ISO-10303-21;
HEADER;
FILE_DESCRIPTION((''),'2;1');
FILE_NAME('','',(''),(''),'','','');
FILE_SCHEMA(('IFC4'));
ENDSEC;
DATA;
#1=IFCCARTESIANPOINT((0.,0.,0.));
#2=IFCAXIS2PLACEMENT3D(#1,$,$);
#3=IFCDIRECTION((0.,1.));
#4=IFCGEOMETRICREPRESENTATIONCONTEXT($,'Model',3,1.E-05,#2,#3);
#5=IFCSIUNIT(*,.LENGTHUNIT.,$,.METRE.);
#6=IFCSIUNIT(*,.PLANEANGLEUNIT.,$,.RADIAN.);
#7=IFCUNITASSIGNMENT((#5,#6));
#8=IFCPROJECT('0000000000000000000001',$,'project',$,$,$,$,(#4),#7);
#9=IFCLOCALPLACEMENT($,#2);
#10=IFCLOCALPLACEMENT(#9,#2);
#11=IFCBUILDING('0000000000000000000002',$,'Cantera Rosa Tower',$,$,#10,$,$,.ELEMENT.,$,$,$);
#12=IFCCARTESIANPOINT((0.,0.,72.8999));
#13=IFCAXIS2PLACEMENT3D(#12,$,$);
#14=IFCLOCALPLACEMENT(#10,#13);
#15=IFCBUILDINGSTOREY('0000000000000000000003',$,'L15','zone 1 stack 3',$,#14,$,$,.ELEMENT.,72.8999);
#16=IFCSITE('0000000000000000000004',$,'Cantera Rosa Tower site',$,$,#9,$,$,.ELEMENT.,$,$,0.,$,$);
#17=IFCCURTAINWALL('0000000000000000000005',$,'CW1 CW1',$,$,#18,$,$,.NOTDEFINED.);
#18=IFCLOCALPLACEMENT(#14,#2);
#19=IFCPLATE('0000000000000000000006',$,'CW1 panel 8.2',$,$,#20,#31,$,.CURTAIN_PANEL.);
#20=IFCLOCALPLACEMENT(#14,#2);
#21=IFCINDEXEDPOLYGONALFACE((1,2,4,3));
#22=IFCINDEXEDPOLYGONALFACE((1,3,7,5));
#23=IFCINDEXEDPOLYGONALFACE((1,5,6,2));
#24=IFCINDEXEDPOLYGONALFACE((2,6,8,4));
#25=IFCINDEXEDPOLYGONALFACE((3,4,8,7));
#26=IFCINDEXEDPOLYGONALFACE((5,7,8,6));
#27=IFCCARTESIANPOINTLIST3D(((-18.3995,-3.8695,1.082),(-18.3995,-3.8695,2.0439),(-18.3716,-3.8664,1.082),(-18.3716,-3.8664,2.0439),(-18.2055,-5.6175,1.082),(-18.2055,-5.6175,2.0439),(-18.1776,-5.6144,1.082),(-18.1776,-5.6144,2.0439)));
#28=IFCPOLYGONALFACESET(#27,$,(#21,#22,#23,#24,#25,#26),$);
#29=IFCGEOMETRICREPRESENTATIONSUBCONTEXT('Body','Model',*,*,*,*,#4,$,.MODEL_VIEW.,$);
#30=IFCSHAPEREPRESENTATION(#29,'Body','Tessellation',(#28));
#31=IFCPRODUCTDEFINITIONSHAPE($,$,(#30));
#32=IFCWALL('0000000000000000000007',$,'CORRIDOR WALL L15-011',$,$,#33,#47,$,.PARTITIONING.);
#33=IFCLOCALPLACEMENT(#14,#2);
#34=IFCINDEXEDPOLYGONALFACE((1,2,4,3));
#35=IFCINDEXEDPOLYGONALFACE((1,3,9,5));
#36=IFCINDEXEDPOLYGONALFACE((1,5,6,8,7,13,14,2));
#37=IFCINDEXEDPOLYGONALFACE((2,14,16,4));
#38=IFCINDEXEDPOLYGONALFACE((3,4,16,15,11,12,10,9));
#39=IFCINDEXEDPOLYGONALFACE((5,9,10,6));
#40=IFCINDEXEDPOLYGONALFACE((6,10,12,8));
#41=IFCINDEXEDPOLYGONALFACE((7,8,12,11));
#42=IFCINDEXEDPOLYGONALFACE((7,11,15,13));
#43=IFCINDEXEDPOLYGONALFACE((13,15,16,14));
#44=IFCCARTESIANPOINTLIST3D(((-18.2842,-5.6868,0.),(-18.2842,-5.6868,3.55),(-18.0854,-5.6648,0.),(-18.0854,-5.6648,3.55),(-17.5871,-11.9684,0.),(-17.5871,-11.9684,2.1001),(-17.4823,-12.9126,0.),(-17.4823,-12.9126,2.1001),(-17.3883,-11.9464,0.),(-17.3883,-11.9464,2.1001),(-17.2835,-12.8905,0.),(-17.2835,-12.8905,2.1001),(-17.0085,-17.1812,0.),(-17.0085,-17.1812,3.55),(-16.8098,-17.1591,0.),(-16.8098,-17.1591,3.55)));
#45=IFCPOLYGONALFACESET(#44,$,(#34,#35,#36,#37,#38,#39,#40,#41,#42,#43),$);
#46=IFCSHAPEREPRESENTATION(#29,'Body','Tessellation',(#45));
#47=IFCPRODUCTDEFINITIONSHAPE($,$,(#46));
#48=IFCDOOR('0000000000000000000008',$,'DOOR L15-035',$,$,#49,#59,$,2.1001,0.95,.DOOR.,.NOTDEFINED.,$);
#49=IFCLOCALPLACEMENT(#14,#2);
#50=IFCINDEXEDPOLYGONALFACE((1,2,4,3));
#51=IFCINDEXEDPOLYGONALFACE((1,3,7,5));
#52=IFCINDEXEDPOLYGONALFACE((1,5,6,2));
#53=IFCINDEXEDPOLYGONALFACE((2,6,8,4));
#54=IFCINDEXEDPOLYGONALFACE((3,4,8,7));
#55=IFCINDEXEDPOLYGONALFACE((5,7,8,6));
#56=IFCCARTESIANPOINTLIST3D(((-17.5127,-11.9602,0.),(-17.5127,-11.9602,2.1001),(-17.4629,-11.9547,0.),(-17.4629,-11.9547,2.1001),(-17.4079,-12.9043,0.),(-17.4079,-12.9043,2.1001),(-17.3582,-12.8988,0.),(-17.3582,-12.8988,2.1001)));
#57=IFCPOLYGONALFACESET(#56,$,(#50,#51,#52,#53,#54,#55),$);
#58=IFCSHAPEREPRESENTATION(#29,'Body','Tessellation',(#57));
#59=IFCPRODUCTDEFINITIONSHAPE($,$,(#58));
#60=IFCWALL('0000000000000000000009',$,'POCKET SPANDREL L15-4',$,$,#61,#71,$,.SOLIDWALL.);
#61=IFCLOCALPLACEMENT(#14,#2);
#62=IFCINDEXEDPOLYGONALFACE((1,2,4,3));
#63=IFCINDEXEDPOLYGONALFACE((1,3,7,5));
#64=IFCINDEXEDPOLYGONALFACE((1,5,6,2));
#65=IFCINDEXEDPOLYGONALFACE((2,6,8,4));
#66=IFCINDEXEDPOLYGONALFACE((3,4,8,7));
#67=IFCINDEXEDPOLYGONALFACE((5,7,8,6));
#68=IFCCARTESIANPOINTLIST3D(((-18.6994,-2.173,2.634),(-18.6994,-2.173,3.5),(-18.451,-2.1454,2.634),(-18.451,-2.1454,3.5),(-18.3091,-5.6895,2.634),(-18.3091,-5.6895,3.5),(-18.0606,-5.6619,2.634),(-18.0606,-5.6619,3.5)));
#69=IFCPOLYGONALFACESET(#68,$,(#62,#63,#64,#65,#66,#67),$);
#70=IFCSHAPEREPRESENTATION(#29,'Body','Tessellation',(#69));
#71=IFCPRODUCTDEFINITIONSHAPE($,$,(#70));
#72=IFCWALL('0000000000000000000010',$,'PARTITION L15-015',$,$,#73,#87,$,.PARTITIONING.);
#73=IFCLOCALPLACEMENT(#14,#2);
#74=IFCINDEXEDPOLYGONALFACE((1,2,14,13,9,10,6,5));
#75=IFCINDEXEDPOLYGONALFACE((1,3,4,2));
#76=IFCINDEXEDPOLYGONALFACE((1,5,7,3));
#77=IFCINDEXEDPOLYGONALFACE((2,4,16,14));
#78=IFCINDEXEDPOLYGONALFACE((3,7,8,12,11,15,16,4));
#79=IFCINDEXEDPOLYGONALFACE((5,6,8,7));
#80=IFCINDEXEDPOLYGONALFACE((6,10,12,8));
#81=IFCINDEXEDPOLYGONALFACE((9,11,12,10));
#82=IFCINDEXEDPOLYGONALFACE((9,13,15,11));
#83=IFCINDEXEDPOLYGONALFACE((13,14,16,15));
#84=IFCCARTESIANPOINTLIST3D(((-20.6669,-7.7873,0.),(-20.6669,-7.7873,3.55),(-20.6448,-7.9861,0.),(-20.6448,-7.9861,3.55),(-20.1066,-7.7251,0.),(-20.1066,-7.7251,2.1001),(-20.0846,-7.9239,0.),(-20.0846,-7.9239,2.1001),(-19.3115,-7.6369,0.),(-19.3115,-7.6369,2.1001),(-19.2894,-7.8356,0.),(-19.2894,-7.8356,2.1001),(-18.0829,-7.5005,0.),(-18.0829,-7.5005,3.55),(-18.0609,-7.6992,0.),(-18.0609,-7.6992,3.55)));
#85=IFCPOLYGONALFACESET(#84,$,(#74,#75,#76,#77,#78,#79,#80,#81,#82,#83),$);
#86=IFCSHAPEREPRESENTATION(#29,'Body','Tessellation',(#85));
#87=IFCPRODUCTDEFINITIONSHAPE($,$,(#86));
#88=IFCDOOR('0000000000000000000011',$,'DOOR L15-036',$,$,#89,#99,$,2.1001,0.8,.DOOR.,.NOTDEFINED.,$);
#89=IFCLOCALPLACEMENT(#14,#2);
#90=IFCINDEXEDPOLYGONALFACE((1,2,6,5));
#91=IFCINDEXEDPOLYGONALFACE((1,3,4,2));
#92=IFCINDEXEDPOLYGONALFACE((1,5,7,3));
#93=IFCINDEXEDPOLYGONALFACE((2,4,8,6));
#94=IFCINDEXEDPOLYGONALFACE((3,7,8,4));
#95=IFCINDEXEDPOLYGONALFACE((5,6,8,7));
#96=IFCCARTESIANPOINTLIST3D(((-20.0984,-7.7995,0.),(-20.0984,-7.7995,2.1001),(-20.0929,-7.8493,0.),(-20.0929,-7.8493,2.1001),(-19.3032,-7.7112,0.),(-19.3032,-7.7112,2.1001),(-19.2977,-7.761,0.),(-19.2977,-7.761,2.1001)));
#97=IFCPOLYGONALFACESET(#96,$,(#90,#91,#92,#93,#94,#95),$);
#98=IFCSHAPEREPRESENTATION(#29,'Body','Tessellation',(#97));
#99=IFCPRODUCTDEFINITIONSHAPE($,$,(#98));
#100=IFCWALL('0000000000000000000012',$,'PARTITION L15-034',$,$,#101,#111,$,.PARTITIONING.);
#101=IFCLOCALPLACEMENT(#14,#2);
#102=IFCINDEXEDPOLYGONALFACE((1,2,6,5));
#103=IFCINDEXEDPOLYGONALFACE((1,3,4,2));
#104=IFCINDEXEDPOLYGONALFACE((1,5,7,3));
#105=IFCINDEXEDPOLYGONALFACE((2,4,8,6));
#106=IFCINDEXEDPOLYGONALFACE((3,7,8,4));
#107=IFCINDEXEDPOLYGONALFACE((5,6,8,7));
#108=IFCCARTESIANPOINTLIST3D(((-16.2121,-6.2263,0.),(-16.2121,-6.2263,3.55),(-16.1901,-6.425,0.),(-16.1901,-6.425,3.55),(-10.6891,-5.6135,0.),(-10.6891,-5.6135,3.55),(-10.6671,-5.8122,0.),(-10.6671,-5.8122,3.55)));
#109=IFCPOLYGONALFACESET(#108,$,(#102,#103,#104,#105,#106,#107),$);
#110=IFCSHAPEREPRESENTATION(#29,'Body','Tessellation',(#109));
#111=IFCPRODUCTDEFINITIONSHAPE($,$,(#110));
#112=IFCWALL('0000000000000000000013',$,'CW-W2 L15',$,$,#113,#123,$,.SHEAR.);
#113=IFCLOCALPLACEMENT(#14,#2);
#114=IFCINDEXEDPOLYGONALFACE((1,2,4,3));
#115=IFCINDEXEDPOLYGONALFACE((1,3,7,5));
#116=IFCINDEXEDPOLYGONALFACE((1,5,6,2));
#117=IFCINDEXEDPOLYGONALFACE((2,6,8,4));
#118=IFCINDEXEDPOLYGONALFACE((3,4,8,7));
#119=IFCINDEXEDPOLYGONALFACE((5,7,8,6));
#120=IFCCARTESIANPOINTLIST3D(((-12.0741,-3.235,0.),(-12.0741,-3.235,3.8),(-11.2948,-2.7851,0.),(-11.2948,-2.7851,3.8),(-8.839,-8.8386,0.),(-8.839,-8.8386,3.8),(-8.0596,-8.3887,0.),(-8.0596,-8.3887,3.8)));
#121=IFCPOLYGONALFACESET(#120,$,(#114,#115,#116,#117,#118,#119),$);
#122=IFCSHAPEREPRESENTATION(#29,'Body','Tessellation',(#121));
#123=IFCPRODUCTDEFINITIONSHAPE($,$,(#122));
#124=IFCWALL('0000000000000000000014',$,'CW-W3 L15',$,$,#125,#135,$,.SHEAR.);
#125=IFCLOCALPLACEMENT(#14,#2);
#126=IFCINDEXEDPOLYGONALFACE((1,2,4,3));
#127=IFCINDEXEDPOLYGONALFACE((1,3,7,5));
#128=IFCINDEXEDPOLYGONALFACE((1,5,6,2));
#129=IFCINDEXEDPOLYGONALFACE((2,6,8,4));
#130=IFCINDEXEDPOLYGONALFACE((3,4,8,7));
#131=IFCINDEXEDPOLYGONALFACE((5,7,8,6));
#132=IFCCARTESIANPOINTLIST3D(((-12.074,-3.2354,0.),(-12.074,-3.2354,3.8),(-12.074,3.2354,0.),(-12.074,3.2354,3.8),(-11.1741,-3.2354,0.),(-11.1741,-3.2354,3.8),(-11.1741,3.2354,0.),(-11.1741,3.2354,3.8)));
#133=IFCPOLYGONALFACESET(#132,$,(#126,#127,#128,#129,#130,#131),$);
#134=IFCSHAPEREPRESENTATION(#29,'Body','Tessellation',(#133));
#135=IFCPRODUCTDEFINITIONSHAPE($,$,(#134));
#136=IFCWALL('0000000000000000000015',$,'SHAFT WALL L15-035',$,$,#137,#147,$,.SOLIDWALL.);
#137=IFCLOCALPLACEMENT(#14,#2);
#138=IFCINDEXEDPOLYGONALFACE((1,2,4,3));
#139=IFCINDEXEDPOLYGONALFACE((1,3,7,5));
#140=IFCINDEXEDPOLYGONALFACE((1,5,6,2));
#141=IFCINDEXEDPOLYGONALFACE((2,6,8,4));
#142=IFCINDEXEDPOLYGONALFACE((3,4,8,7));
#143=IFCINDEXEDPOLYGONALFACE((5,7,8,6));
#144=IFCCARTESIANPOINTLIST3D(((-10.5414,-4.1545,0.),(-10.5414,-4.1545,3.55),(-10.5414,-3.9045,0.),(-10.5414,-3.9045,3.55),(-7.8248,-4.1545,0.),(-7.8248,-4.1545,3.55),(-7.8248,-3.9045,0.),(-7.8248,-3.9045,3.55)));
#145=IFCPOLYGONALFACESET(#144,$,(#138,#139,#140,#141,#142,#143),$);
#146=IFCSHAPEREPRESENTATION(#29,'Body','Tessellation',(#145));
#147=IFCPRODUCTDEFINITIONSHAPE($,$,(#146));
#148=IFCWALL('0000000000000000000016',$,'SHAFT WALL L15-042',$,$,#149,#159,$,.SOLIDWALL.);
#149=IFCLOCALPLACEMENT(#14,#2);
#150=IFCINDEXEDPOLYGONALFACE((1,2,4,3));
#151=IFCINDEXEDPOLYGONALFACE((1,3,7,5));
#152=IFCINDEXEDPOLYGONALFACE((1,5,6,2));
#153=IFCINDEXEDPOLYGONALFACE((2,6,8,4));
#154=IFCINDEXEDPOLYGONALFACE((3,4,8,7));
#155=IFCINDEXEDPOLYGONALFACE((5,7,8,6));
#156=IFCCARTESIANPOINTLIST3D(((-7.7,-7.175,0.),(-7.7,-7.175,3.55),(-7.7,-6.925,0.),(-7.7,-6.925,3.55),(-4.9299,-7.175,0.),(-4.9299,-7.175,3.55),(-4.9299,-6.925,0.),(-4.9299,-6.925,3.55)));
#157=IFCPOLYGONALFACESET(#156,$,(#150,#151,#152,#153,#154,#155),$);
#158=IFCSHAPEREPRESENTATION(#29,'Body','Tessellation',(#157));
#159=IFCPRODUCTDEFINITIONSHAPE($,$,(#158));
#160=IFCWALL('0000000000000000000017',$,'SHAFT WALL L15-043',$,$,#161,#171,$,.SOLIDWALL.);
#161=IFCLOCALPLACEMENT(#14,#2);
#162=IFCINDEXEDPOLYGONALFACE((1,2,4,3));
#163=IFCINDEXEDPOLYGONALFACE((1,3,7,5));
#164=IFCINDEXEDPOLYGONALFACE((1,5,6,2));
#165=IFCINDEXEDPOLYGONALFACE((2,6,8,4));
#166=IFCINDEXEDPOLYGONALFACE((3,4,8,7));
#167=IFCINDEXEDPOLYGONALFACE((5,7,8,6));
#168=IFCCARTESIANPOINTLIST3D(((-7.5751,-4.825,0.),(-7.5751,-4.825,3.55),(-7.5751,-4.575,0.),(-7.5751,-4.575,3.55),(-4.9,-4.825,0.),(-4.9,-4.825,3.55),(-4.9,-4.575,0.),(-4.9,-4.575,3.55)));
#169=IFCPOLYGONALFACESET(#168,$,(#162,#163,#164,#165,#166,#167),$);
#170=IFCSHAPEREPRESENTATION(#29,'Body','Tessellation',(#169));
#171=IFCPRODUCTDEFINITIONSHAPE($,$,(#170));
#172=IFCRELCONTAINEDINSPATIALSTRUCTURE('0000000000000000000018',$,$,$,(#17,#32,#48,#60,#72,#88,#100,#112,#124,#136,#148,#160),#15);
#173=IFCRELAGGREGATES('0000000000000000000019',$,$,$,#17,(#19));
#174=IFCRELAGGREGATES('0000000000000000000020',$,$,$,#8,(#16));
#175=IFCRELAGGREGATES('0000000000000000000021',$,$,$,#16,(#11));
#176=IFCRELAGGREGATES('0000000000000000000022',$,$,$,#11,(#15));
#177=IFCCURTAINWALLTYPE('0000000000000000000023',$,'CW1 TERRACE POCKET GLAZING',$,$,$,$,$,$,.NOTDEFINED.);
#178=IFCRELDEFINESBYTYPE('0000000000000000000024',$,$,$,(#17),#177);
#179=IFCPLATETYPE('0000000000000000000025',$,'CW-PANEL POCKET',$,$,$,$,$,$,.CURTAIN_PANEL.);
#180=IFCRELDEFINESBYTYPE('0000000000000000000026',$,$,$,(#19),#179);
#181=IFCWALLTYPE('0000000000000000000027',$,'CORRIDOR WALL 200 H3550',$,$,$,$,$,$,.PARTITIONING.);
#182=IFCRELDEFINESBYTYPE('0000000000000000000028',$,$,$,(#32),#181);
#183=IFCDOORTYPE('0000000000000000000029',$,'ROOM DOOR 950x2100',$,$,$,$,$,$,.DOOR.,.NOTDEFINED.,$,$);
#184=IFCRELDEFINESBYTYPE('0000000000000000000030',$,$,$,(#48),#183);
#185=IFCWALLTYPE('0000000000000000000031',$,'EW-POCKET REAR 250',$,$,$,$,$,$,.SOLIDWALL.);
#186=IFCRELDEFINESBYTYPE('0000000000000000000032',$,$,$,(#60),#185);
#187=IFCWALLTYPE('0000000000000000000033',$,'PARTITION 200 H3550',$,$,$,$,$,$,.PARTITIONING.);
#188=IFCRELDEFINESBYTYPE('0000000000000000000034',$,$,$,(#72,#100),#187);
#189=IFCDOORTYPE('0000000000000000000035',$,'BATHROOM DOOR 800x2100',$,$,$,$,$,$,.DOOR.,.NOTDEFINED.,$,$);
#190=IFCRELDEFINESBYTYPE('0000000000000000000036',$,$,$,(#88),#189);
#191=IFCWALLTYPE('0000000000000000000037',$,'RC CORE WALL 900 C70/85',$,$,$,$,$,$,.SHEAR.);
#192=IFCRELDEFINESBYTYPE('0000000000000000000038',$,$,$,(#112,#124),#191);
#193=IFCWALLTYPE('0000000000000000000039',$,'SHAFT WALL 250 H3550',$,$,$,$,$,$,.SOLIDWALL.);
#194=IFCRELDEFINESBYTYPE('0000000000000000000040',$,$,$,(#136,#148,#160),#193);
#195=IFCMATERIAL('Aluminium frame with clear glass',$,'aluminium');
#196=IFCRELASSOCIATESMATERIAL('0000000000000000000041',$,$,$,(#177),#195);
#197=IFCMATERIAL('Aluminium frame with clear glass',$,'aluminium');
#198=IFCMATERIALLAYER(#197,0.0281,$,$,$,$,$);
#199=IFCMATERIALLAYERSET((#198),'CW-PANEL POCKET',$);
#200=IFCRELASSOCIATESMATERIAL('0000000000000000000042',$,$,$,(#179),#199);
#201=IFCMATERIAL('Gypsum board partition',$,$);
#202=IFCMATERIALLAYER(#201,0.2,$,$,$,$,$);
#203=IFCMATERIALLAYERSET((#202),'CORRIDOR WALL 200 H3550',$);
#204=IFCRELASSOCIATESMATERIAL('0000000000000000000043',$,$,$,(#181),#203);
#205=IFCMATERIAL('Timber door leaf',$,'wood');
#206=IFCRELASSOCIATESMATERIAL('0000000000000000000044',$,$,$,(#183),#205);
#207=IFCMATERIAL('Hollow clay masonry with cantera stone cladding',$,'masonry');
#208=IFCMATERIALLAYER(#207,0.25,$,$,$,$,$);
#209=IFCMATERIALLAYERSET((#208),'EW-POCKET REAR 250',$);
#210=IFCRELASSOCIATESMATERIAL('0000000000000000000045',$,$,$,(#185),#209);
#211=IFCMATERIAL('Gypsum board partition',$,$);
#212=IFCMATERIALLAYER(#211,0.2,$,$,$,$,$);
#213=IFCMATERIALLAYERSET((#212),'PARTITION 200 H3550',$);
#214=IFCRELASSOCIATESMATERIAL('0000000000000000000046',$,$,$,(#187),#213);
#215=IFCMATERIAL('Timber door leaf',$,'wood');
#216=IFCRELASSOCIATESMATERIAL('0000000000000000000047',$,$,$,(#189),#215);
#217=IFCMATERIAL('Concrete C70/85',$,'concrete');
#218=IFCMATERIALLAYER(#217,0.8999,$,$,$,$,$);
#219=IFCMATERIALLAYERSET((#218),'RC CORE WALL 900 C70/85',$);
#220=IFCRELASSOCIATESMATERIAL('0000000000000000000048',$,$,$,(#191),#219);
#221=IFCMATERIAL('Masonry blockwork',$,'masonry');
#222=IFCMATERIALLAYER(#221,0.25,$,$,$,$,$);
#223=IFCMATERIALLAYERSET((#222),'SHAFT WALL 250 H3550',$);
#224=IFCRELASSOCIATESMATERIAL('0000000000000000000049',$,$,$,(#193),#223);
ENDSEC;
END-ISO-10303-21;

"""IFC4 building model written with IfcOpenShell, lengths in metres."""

from ifc_helpers import new_model, si_unit, direction, frame, frame_2d, origin, origin_2d, place, context, subcontext, project, spatial, rectangle, extrude, material, layer, layer_set, type_object, element, fill, aggregate, save


model = new_model("IFC4")

# Units and contexts
model_context = context("Model", 3, precision=1e-05, world=origin(), true_north=direction((0.0, 1.0)))
body_context = subcontext(model_context, "Body", "Model", "MODEL_VIEW")
ifc_project = project(units=[si_unit("LENGTHUNIT", "METRE"), si_unit("PLANEANGLEUNIT", "RADIAN")], contexts=[model_context])

# Site, building, storey
site_placement = place(None, origin())
site = spatial("IfcSite", under=ifc_project, at=site_placement, Name="Cantera Rosa Tower site", CompositionType="ELEMENT", RefElevation=0.0)
building_placement = place(site_placement, origin())
building = spatial("IfcBuilding", under=site, at=building_placement, Name="Cantera Rosa Tower", CompositionType="ELEMENT")
storey_placement = place(building_placement, frame((0.0, 0.0, 72.8999)))
storey = spatial("IfcBuildingStorey", under=building, at=storey_placement, Name="L15", Description="zone 1 stack 3", CompositionType="ELEMENT", Elevation=72.8999)

# Curtain wall
ifc_material_1 = material(Name="Aluminium frame with clear glass", Category="aluminium")
curtain_wall_type = type_object("IfcCurtainWallType", Name="CW1 TERRACE POCKET GLAZING", PredefinedType="NOTDEFINED", material=ifc_material_1)
curtain_wall_placement = place(storey_placement, origin())
curtain_wall = element("IfcCurtainWall", 1, at=curtain_wall_placement, inside=storey, type_object=curtain_wall_type, Name="CW1 CW1", PredefinedType="NOTDEFINED")

# Plate
ifc_material_2 = material(Name="Aluminium frame with clear glass", Category="aluminium")
ifc_layer_1 = layer(ifc_material_2, 0.0281)
ifc_layer_set_1 = layer_set([ifc_layer_1], Name="CW-PANEL POCKET")
plate_type = type_object("IfcPlateType", Name="CW-PANEL POCKET", PredefinedType="CURTAIN_PANEL", material=ifc_layer_set_1)
plate_1_placement = place(storey_placement, frame((-18.2886, -4.7419, 1.082), z_axis=(0.0, 0.0, 1.0), x_axis=(0.110313, -0.993897, 0.0)))
plate_1 = element("IfcPlate", 2, at=plate_1_placement, type_object=plate_type, Name="CW1 panel 8.2", PredefinedType="CURTAIN_PANEL", context=body_context, shape_type="SweptSolid", body=[
    extrude(rectangle(XDim=1.7588, YDim=0.0281, at=origin_2d()), origin(), (0.0, 0.0, 1.0), 0.9619),
])
aggregate(curtain_wall, [plate_1])

# Wall, opening, door
ifc_material_3 = material(Name="Gypsum board partition")
ifc_layer_2 = layer(ifc_material_3, 0.2)
ifc_layer_set_2 = layer_set([ifc_layer_2], Name="CORRIDOR WALL 200 H3550")
wall_type_1 = type_object("IfcWallType", Name="CORRIDOR WALL 200 H3550", PredefinedType="PARTITIONING", material=ifc_layer_set_2)
wall_1_placement = place(storey_placement, frame((-18.1848, -5.6758, 0.0), z_axis=(0.0, 0.0, 1.0), x_axis=(0.110302, -0.993898, 0.0)))
wall_1 = element("IfcWall", 3, at=wall_1_placement, inside=storey, type_object=wall_type_1, Name="CORRIDOR WALL L15-011", PredefinedType="PARTITIONING", context=body_context, shape_type="SweptSolid", body=[
    extrude(rectangle(XDim=11.5649, YDim=0.2, at=frame_2d((5.7825, 0.0))), origin(), (0.0, 0.0, 1.0), 3.55),
])
opening_1_placement = place(wall_1_placement, frame((6.3201, 0.0, 0.0)))
opening_1 = element("IfcOpeningElement", 4, at=opening_1_placement, cuts=wall_1, PredefinedType="OPENING", context=body_context, shape_type="SweptSolid", body=[
    extrude(rectangle(XDim=0.95, YDim=2.1001, at=frame_2d((0.4751, 1.05))), frame((0.0, 0.1099, 0.0), z_axis=(0.0, -1.0, 0.0), x_axis=(1.0, 0.0, 0.0)), (0.0, 0.0, 1.0), 0.22),
])
ifc_material_4 = material(Name="Timber door leaf", Category="wood")
door_type_1 = type_object("IfcDoorType", Name="ROOM DOOR 950x2100", OperationType="NOTDEFINED", PredefinedType="DOOR", material=ifc_material_4)
door_1_placement = place(opening_1_placement, origin())
door_1 = element("IfcDoor", 5, at=door_1_placement, inside=storey, type_object=door_type_1, Name="DOOR L15-035", OperationType="NOTDEFINED", OverallHeight=2.1001, OverallWidth=0.95, PredefinedType="DOOR", context=body_context, shape_type="SweptSolid", body=[
    extrude(rectangle(XDim=0.95, YDim=2.1001, at=frame_2d((0.4751, 1.05))), frame((0.0, 0.0249, 0.0), z_axis=(0.0, -1.0, 0.0), x_axis=(1.0, 0.0, 0.0)), (0.0, 0.0, 1.0), 0.05),
])
fill(opening_1, door_1)

# Wall
ifc_material_5 = material(Name="Hollow clay masonry with cantera stone cladding", Category="masonry")
ifc_layer_3 = layer(ifc_material_5, 0.25)
ifc_layer_set_3 = layer_set([ifc_layer_3], Name="EW-POCKET REAR 250")
wall_type_2 = type_object("IfcWallType", Name="EW-POCKET REAR 250", PredefinedType="SOLIDWALL", material=ifc_layer_set_3)
wall_2_placement = place(storey_placement, frame((-18.5752, -2.1592, 2.634), z_axis=(0.0, 0.0, 1.0), x_axis=(0.110333, -0.993895, 0.0)))
element("IfcWall", 6, at=wall_2_placement, inside=storey, type_object=wall_type_2, Name="POCKET SPANDREL L15-4", PredefinedType="SOLIDWALL", context=body_context, shape_type="SweptSolid", body=[
    extrude(rectangle(XDim=3.5381, YDim=0.25, at=frame_2d((1.769, 0.0))), origin(), (0.0, 0.0, 1.0), 0.866),
])

# Wall, opening, door
ifc_material_6 = material(Name="Gypsum board partition")
ifc_layer_4 = layer(ifc_material_6, 0.2)
ifc_layer_set_4 = layer_set([ifc_layer_4], Name="PARTITION 200 H3550")
wall_type_3 = type_object("IfcWallType", Name="PARTITION 200 H3550", PredefinedType="PARTITIONING", material=ifc_layer_set_4)
wall_3_placement = place(storey_placement, frame((-18.072, -7.5999, 0.0), z_axis=(0.0, 0.0, 1.0), x_axis=(-0.993894, -0.110339, 0.0)))
wall_3 = element("IfcWall", 7, at=wall_3_placement, inside=storey, type_object=wall_type_3, Name="PARTITION L15-015", PredefinedType="PARTITIONING", context=body_context, shape_type="SweptSolid", body=[
    extrude(rectangle(XDim=2.5999, YDim=0.2, at=frame_2d((1.2998, 0.0))), origin(), (0.0, 0.0, 1.0), 3.55),
])
opening_2_placement = place(wall_3_placement, frame((1.2361, 0.0, 0.0)))
opening_2 = element("IfcOpeningElement", 8, at=opening_2_placement, cuts=wall_3, PredefinedType="OPENING", context=body_context, shape_type="SweptSolid", body=[
    extrude(rectangle(XDim=0.8, YDim=2.1001, at=frame_2d((0.3999, 1.05))), frame((0.0, 0.1099, 0.0), z_axis=(0.0, -1.0, 0.0), x_axis=(1.0, 0.0, 0.0)), (0.0, 0.0, 1.0), 0.22),
])
ifc_material_7 = material(Name="Timber door leaf", Category="wood")
door_type_2 = type_object("IfcDoorType", Name="BATHROOM DOOR 800x2100", OperationType="NOTDEFINED", PredefinedType="DOOR", material=ifc_material_7)
door_2_placement = place(opening_2_placement, origin())
door_2 = element("IfcDoor", 9, at=door_2_placement, inside=storey, type_object=door_type_2, Name="DOOR L15-036", OperationType="NOTDEFINED", OverallHeight=2.1001, OverallWidth=0.8, PredefinedType="DOOR", context=body_context, shape_type="SweptSolid", body=[
    extrude(rectangle(XDim=0.8, YDim=2.1001, at=frame_2d((0.3999, 1.05))), frame((0.0, 0.0249, 0.0), z_axis=(0.0, -1.0, 0.0), x_axis=(1.0, 0.0, 0.0)), (0.0, 0.0, 1.0), 0.05),
])
fill(opening_2, door_2)

# Walls
wall_4_placement = place(storey_placement, frame((-10.6782, -5.7129, 0.0), z_axis=(0.0, 0.0, 1.0), x_axis=(-0.993901, -0.110277, 0.0)))
element("IfcWall", 10, at=wall_4_placement, inside=storey, type_object=wall_type_3, Name="PARTITION L15-034", PredefinedType="PARTITIONING", context=body_context, shape_type="SweptSolid", body=[
    extrude(rectangle(XDim=5.5569, YDim=0.2, at=frame_2d((2.7783, 0.0))), origin(), (0.0, 0.0, 1.0), 3.55),
])
ifc_material_8 = material(Name="Concrete C70/85", Category="concrete")
ifc_layer_5 = layer(ifc_material_8, 0.8999)
ifc_layer_set_5 = layer_set([ifc_layer_5], Name="RC CORE WALL 900 C70/85")
wall_type_4 = type_object("IfcWallType", Name="RC CORE WALL 900 C70/85", PredefinedType="SHEAR", material=ifc_layer_set_5)
wall_5_placement = place(storey_placement, frame((-8.4492, -8.6138, 0.0), z_axis=(0.0, 0.0, 1.0), x_axis=(-0.49999, 0.866031, 0.0)))
element("IfcWall", 11, at=wall_5_placement, inside=storey, type_object=wall_type_4, Name="CW-W2 L15", PredefinedType="SHEAR", context=body_context, shape_type="SweptSolid", body=[
    extrude(rectangle(XDim=6.4705, YDim=0.8999, at=frame_2d((3.2354, 0.0))), origin(), (0.0, 0.0, 1.0), 3.8),
])
wall_6_placement = place(storey_placement, frame((-11.624, -3.2354, 0.0), z_axis=(0.0, 0.0, 1.0), x_axis=(0.0, 1.0, 0.0)))
element("IfcWall", 12, at=wall_6_placement, inside=storey, type_object=wall_type_4, Name="CW-W3 L15", PredefinedType="SHEAR", context=body_context, shape_type="SweptSolid", body=[
    extrude(rectangle(XDim=6.4707, YDim=0.8999, at=frame_2d((3.2354, 0.0))), origin(), (0.0, 0.0, 1.0), 3.8),
])
ifc_material_9 = material(Name="Masonry blockwork", Category="masonry")
ifc_layer_6 = layer(ifc_material_9, 0.25)
ifc_layer_set_6 = layer_set([ifc_layer_6], Name="SHAFT WALL 250 H3550")
wall_type_5 = type_object("IfcWallType", Name="SHAFT WALL 250 H3550", PredefinedType="SOLIDWALL", material=ifc_layer_set_6)
wall_7_placement = place(storey_placement, frame((-10.5415, -4.0295, 0.0), z_axis=(0.0, 0.0, 1.0), x_axis=(1.0, 0.0, 0.0)))
element("IfcWall", 13, at=wall_7_placement, inside=storey, type_object=wall_type_5, Name="SHAFT WALL L15-035", PredefinedType="SOLIDWALL", context=body_context, shape_type="SweptSolid", body=[
    extrude(rectangle(XDim=2.7166, YDim=0.25, at=frame_2d((1.3584, 0.0))), origin(), (0.0, 0.0, 1.0), 3.55),
])
wall_8_placement = place(storey_placement, frame((-7.7, -7.05, 0.0), z_axis=(0.0, 0.0, 1.0), x_axis=(1.0, 0.0, 0.0)))
element("IfcWall", 14, at=wall_8_placement, inside=storey, type_object=wall_type_5, Name="SHAFT WALL L15-042", PredefinedType="SOLIDWALL", context=body_context, shape_type="SweptSolid", body=[
    extrude(rectangle(XDim=2.77, YDim=0.25, at=frame_2d((1.385, 0.0))), origin(), (0.0, 0.0, 1.0), 3.55),
])
wall_9_placement = place(storey_placement, frame((-7.575, -4.7, 0.0), z_axis=(0.0, 0.0, 1.0), x_axis=(1.0, 0.0, 0.0)))
element("IfcWall", 15, at=wall_9_placement, inside=storey, type_object=wall_type_5, Name="SHAFT WALL L15-043", PredefinedType="SOLIDWALL", context=body_context, shape_type="SweptSolid", body=[
    extrude(rectangle(XDim=2.675, YDim=0.25, at=frame_2d((1.3374, 0.0))), origin(), (0.0, 0.0, 1.0), 3.55),
])

save(model, "model.ifc")
